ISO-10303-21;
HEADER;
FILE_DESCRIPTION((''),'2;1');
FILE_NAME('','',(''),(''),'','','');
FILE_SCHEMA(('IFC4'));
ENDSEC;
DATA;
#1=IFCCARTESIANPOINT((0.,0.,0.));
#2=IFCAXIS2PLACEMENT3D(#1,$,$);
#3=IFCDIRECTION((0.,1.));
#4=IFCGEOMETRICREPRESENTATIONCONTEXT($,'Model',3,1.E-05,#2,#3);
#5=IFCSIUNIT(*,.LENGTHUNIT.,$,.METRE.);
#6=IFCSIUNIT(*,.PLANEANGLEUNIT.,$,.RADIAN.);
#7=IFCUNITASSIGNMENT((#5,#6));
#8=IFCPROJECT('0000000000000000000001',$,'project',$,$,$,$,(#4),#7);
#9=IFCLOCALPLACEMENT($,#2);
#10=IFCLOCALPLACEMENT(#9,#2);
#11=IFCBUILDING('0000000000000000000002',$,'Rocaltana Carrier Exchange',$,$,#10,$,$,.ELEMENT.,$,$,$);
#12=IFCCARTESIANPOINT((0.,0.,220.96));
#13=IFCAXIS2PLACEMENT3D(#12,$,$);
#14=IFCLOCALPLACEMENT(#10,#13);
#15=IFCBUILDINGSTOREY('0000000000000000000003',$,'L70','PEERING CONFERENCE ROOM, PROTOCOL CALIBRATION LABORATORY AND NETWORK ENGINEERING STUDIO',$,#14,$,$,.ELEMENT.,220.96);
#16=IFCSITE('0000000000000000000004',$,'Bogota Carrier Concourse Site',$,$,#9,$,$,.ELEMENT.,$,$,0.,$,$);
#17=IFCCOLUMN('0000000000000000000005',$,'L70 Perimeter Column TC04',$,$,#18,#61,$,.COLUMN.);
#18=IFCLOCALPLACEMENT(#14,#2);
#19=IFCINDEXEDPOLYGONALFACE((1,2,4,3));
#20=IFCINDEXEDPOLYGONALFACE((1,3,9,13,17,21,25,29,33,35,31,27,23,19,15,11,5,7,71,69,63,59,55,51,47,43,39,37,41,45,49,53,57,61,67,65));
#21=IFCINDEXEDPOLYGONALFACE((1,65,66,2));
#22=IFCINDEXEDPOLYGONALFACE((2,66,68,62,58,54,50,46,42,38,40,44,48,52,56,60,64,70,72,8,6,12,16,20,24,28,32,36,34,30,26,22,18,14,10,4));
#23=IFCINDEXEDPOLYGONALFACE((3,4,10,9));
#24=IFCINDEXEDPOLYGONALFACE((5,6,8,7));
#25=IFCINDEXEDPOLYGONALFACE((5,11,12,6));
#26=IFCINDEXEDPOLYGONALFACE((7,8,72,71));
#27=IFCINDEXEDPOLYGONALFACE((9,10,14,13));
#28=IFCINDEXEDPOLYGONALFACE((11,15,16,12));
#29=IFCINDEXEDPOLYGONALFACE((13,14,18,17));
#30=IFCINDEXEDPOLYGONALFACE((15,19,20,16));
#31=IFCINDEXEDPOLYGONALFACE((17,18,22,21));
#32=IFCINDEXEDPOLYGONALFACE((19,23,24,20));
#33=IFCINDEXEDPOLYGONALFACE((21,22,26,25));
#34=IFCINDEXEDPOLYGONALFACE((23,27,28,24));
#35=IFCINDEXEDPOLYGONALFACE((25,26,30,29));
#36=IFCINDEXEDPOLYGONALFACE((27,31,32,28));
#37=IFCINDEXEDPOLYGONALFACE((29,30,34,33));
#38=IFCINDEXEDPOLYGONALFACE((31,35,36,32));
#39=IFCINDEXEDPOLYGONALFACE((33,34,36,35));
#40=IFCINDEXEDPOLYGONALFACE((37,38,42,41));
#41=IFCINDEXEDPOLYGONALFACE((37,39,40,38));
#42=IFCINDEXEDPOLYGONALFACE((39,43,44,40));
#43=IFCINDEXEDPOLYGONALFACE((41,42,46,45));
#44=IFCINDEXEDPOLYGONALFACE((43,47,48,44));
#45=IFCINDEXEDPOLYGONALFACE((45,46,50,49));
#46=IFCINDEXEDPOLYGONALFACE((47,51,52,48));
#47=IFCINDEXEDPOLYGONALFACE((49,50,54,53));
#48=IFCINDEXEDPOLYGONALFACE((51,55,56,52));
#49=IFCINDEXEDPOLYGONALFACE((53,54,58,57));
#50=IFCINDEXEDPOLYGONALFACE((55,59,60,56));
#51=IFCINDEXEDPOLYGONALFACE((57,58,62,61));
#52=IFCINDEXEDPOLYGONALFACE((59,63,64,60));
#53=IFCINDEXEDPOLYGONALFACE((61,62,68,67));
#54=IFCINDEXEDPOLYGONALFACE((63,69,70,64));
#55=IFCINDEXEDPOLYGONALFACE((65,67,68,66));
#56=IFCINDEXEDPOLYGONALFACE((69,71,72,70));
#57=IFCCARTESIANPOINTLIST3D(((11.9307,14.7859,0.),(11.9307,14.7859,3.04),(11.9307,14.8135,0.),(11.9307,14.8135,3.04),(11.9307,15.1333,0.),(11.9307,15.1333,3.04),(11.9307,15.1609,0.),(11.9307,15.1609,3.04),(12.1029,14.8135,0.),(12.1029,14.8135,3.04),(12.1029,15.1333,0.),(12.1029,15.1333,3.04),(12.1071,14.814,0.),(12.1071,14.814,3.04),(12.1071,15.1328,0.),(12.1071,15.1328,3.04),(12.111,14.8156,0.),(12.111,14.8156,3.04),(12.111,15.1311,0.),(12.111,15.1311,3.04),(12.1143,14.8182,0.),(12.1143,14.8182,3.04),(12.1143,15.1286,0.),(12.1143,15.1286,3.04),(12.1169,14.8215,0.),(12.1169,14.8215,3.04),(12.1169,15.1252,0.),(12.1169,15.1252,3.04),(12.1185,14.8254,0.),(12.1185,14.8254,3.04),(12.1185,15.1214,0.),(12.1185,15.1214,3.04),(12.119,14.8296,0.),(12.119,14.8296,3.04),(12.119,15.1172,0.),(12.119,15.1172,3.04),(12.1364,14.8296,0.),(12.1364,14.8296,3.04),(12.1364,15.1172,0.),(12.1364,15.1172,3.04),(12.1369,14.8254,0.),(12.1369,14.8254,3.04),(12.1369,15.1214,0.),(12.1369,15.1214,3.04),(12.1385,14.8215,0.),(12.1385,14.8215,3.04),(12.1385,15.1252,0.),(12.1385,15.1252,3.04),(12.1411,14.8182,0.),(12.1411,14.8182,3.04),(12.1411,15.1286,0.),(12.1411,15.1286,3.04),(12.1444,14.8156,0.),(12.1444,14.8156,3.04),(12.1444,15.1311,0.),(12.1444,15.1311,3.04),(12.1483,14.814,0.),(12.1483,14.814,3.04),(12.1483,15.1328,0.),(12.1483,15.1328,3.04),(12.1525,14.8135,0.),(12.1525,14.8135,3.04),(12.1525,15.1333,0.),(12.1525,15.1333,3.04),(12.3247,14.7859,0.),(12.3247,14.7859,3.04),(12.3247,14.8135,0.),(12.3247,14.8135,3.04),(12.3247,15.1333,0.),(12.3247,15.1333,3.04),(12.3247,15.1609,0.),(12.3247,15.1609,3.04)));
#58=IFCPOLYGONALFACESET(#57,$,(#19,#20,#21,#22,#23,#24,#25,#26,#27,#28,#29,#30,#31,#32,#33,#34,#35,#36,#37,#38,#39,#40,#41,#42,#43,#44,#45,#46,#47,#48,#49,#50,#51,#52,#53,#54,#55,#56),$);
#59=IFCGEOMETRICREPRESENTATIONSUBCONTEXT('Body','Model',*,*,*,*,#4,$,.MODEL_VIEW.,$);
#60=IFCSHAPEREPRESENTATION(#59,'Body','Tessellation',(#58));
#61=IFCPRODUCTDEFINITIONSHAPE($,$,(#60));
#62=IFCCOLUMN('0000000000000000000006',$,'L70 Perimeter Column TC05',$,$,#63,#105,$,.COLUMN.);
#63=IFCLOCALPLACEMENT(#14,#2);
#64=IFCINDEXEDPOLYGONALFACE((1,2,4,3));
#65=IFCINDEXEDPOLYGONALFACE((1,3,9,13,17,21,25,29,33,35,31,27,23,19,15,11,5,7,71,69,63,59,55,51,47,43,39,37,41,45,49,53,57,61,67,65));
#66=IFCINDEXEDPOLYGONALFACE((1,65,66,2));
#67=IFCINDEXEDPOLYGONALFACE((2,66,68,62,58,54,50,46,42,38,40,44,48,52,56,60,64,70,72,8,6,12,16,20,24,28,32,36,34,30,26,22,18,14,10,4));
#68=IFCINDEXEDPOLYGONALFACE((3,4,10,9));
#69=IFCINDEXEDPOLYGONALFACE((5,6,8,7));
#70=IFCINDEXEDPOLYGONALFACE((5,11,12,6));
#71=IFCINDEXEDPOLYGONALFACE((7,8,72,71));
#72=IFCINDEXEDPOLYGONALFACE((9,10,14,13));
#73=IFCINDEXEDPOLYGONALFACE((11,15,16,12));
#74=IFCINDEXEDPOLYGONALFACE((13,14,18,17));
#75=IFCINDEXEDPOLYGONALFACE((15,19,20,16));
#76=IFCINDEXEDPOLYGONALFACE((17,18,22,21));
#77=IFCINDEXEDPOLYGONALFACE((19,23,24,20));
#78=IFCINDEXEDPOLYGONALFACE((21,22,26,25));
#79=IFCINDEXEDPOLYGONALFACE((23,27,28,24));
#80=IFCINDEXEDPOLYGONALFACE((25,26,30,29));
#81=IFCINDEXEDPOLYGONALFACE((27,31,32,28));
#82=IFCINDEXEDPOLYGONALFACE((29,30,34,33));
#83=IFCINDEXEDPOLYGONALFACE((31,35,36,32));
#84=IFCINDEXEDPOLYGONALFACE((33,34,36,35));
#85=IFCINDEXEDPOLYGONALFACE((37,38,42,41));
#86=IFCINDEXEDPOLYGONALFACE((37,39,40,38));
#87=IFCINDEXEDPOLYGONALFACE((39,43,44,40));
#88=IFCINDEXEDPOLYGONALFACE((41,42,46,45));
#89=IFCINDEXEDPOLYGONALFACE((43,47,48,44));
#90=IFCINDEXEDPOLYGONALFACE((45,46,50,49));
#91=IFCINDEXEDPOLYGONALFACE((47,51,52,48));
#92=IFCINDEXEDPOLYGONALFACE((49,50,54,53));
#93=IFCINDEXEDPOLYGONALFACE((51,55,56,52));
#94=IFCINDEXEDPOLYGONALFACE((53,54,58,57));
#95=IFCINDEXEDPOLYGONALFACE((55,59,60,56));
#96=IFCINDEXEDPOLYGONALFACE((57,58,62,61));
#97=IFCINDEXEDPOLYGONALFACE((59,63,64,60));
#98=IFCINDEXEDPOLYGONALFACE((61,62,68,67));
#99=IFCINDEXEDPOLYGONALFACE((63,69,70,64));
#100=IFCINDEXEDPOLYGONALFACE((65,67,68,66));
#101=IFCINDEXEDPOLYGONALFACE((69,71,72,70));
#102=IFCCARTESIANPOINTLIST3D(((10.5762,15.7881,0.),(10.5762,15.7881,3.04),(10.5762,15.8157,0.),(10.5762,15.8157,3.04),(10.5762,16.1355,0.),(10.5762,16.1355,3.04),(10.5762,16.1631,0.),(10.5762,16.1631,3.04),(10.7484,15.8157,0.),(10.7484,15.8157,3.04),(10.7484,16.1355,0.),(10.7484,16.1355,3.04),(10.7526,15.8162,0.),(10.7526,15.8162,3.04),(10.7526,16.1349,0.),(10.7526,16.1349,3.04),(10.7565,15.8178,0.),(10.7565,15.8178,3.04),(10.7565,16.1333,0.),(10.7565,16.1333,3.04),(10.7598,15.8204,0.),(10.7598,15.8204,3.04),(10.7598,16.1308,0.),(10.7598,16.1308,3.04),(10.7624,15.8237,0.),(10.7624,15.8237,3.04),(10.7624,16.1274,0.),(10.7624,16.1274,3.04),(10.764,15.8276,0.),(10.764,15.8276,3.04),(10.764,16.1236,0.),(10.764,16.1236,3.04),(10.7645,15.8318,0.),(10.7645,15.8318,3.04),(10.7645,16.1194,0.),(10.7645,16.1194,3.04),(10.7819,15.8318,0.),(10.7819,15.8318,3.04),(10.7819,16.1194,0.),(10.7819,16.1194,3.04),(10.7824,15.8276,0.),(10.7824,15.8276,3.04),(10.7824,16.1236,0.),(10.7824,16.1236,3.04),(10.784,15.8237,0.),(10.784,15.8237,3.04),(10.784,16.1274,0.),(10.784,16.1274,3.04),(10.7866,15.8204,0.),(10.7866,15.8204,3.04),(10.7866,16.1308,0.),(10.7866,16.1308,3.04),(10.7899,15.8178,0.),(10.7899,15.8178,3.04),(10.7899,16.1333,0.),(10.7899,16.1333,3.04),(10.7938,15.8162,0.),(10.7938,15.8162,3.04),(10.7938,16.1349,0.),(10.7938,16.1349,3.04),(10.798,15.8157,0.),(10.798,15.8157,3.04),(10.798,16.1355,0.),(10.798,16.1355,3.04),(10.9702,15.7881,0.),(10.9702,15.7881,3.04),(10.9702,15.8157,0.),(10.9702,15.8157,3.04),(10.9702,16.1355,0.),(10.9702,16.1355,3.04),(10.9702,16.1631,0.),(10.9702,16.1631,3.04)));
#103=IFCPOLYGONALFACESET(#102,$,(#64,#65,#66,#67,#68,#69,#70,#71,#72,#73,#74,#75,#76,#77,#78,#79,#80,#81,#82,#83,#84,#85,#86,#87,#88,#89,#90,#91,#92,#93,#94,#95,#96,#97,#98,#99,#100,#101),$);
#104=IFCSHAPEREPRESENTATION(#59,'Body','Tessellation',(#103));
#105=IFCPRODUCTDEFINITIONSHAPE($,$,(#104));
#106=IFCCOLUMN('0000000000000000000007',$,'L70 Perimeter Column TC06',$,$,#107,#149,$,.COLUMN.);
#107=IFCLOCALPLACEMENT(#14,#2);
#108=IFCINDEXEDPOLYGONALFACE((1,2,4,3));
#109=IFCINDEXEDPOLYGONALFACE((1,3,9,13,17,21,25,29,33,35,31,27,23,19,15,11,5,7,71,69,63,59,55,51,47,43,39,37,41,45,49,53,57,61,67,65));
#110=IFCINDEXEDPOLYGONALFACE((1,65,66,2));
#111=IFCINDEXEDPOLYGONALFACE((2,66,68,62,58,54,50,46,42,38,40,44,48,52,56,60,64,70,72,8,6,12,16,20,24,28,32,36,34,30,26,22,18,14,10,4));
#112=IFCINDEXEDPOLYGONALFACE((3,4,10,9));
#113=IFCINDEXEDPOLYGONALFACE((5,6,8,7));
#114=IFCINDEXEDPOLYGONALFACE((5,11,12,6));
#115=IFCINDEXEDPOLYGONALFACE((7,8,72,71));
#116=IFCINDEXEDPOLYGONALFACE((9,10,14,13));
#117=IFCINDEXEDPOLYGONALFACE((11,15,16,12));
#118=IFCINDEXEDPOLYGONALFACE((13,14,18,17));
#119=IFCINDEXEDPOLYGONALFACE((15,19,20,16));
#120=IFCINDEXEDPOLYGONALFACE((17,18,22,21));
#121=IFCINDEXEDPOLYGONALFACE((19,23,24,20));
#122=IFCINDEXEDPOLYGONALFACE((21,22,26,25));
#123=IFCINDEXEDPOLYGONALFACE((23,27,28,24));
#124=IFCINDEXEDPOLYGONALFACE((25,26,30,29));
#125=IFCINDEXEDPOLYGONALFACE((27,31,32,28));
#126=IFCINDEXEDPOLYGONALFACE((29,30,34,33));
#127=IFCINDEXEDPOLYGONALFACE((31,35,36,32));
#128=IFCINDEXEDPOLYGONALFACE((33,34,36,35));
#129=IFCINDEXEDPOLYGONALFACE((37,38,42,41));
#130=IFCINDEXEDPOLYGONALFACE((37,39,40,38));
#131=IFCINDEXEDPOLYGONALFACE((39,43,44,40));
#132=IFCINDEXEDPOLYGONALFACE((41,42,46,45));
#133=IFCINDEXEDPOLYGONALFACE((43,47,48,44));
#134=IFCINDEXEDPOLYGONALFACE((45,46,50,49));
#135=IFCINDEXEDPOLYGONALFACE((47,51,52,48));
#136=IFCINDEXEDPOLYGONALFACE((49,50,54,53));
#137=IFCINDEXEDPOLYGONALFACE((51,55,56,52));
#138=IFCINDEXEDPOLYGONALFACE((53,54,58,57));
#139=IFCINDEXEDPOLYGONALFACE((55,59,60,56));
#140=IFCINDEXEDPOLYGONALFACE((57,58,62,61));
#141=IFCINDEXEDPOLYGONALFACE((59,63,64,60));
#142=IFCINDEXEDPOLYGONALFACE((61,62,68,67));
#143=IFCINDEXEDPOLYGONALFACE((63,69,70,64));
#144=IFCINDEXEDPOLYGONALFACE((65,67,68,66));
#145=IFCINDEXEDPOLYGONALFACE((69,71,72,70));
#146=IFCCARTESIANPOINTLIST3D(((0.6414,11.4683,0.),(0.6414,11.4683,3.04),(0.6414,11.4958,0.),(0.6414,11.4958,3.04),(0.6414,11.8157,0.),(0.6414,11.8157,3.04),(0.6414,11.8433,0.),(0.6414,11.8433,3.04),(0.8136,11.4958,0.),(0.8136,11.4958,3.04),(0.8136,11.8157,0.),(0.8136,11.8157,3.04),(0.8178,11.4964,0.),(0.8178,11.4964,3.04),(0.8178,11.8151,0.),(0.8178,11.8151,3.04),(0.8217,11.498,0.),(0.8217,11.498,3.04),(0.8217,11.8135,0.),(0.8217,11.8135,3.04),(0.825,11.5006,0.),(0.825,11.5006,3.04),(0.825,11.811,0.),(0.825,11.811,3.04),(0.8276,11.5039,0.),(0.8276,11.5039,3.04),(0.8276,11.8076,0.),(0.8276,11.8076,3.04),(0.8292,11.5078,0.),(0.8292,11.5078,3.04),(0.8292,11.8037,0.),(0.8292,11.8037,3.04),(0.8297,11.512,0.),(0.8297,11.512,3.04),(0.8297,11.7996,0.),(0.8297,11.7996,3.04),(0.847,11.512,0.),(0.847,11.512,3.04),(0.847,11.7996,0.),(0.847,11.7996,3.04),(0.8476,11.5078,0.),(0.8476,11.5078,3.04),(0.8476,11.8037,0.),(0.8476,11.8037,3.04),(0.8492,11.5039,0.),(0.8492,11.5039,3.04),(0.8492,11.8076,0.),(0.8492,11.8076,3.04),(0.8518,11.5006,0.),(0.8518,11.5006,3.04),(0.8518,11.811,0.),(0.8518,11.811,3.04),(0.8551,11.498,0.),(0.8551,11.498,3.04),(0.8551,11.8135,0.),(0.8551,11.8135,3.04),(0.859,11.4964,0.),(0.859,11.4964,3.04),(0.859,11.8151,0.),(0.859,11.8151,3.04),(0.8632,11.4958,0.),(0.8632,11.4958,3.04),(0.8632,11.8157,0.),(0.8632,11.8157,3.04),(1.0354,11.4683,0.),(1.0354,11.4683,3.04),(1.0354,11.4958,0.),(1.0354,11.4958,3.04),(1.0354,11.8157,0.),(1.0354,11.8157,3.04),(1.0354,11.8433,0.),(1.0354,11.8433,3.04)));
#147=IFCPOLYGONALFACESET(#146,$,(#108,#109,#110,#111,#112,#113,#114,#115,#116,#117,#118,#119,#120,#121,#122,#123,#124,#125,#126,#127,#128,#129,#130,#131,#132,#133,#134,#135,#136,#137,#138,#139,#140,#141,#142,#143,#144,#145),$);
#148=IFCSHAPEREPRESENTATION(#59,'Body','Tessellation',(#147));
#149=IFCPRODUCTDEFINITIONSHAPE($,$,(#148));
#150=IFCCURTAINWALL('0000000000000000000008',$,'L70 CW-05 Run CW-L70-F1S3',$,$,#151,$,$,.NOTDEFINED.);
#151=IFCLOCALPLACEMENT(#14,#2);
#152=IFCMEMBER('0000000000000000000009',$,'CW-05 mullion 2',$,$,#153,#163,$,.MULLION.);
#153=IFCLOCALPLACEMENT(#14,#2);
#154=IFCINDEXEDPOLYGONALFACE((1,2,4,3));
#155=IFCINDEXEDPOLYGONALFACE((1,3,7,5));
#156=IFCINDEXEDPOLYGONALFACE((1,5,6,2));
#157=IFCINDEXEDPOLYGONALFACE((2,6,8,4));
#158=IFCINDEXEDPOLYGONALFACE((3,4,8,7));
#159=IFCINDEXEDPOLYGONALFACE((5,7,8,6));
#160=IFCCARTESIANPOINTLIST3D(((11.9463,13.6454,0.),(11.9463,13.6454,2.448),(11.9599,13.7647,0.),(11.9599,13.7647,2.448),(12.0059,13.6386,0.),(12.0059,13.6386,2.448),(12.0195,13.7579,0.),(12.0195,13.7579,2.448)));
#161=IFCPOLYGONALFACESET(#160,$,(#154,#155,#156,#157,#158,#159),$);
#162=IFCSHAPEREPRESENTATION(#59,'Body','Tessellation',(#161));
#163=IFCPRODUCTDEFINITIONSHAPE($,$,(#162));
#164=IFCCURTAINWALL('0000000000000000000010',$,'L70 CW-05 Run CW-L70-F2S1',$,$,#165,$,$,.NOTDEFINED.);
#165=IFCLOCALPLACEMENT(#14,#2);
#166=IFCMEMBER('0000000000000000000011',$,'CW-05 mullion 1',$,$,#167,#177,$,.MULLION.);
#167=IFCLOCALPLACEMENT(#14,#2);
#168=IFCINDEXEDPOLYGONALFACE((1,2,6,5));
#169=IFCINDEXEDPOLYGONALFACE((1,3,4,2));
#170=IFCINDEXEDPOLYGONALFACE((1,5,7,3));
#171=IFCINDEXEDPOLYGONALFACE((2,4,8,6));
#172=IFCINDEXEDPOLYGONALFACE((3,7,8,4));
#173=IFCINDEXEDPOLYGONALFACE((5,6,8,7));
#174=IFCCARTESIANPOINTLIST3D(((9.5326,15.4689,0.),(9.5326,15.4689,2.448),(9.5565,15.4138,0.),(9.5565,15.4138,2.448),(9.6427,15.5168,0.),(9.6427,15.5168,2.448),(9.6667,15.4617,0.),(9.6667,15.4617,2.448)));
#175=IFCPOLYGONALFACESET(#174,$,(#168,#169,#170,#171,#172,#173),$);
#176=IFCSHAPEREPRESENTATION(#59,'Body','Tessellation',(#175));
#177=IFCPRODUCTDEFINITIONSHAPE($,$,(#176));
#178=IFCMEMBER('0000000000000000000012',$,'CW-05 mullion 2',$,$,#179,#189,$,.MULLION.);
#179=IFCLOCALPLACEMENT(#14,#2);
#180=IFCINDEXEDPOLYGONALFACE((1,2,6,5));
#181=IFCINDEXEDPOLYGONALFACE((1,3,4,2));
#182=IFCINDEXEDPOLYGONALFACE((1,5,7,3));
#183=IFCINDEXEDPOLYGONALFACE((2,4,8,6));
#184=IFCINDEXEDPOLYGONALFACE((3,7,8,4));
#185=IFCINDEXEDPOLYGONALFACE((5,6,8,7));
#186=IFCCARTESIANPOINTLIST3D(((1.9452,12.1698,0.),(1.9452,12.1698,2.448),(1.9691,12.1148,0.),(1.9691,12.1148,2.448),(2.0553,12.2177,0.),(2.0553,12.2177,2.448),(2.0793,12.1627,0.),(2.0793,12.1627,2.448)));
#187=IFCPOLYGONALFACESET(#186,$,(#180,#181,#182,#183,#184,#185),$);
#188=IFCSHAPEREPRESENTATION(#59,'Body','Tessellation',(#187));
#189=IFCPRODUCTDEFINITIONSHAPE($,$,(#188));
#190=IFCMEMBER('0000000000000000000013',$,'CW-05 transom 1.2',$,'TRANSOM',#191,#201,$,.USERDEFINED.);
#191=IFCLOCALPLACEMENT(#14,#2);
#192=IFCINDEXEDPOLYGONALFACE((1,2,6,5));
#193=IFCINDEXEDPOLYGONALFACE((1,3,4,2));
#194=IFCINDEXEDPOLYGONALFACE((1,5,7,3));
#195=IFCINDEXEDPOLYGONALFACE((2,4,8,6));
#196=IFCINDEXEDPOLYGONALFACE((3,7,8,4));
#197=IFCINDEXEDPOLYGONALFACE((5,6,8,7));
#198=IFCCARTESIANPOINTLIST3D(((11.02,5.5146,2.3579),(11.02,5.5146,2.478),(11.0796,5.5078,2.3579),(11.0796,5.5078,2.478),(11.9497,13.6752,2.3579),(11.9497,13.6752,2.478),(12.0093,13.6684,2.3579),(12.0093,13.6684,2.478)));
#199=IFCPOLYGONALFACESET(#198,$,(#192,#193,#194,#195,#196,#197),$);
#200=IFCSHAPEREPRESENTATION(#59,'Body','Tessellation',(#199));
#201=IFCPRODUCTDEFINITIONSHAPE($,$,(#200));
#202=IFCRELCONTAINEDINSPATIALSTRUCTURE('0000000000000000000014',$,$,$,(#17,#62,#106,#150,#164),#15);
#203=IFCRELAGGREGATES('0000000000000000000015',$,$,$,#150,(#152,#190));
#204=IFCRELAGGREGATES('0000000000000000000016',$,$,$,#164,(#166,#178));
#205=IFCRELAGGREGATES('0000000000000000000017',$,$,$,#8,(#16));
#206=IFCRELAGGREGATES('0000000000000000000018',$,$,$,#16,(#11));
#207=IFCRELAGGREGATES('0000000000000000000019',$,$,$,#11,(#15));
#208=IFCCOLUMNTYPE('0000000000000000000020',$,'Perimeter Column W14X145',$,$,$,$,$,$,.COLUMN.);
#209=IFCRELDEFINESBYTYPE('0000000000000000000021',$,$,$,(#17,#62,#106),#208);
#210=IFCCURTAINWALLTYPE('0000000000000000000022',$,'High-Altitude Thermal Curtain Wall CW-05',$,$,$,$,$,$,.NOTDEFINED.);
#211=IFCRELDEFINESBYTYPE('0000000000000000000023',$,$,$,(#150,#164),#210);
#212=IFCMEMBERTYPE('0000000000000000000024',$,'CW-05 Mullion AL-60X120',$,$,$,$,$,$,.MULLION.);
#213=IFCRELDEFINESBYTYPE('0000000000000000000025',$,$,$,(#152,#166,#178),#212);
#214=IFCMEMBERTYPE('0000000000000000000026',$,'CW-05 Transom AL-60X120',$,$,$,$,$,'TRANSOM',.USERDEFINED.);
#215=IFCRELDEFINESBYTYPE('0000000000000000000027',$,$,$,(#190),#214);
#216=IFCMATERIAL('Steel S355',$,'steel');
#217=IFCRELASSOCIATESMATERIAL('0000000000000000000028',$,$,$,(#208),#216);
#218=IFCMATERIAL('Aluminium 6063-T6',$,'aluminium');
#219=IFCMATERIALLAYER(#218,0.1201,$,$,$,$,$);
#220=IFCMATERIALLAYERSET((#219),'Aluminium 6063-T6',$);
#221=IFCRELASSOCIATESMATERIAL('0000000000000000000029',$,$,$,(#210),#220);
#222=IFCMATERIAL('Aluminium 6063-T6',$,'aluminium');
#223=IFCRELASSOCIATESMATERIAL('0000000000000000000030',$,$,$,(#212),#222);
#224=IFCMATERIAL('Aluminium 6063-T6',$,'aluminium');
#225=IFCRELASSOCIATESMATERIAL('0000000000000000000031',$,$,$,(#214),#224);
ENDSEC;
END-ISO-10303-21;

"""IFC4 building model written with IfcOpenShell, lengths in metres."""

from ifc_helpers import new_model, si_unit, direction, frame, origin, origin_2d, place, context, subcontext, project, spatial, rectangle, i_section, extrude, material, layer, layer_set, material_profile, profile_set, type_object, element, aggregate, save


model = new_model("IFC4")

# Units and contexts
model_context = context("Model", 3, precision=1e-05, world=origin(), true_north=direction((0.0, 1.0)))
body_context = subcontext(model_context, "Body", "Model", "MODEL_VIEW")
ifc_project = project(units=[si_unit("LENGTHUNIT", "METRE"), si_unit("PLANEANGLEUNIT", "RADIAN")], contexts=[model_context])

# Site, building, storey
site_placement = place(None, origin())
site = spatial("IfcSite", under=ifc_project, at=site_placement, Name="Bogota Carrier Concourse Site", CompositionType="ELEMENT", RefElevation=0.0)
building_placement = place(site_placement, origin())
building = spatial("IfcBuilding", under=site, at=building_placement, Name="Rocaltana Carrier Exchange", CompositionType="ELEMENT")
storey_placement = place(building_placement, frame((0.0, 0.0, 220.96)))
storey = spatial("IfcBuildingStorey", under=building, at=storey_placement, Name="L70", Description="PEERING CONFERENCE ROOM, PROTOCOL CALIBRATION LABORATORY AND NETWORK ENGINEERING STUDIO", CompositionType="ELEMENT", Elevation=220.96)

# Columns
ifc_material_1 = material(Name="Steel S355", Category="steel")
ifc_material_profile_1 = material_profile(ifc_material_1, i_section(OverallWidth=0.394, OverallDepth=0.375, WebThickness=0.0173, FlangeThickness=0.0276, FilletRadius=0.0161, at=origin_2d()), Name="W14X145")
ifc_profile_set_1 = profile_set([ifc_material_profile_1], Name="Steel S355")
column_type = type_object("IfcColumnType", Name="Perimeter Column W14X145", PredefinedType="COLUMN", material=ifc_profile_set_1)
for number, where, z_axis, x_axis, name in (
    (1, (12.1277, 14.9734, 0.0), (0.0, 0.0, 1.0), (1.0, 0.0, 0.0), "L70 Perimeter Column TC04"),
    (2, (10.7732, 15.9756, 0.0), (0.0, 0.0, 1.0), (1.0, 0.0, 0.0), "L70 Perimeter Column TC05"),
    (3, (0.8384, 11.6558, 0.0), (0.0, 0.0, 1.0), (1.0, 0.0, 0.0), "L70 Perimeter Column TC06"),
):
    element("IfcColumn", number, at=place(storey_placement, frame(where, z_axis=z_axis, x_axis=x_axis)), inside=storey, type_object=column_type, Name=name, PredefinedType="COLUMN", context=body_context, shape_type="SweptSolid", body=[
        extrude(i_section(OverallWidth=0.394, OverallDepth=0.375, WebThickness=0.0173, FlangeThickness=0.0276, FilletRadius=0.0161, at=origin_2d()), origin(), (0.0, 0.0, 1.0), 3.04),
    ])

# Curtain wall, member
ifc_material_2 = material(Name="Aluminium 6063-T6", Category="aluminium")
ifc_layer_1 = layer(ifc_material_2, 0.1201)
ifc_layer_set_1 = layer_set([ifc_layer_1], Name="Aluminium 6063-T6")
curtain_wall_type = type_object("IfcCurtainWallType", Name="High-Altitude Thermal Curtain Wall CW-05", PredefinedType="NOTDEFINED", material=ifc_layer_set_1)
curtain_wall_1_placement = place(storey_placement, origin())
curtain_wall_1 = element("IfcCurtainWall", 4, at=curtain_wall_1_placement, inside=storey, type_object=curtain_wall_type, Name="L70 CW-05 Run CW-L70-F1S3", PredefinedType="NOTDEFINED")
ifc_material_3 = material(Name="Aluminium 6063-T6", Category="aluminium")
ifc_material_profile_2 = material_profile(ifc_material_3, rectangle(XDim=0.0601, YDim=0.1201, at=origin_2d()), Name="AL-60X120")
ifc_profile_set_2 = profile_set([ifc_material_profile_2], Name="Aluminium 6063-T6")
member_type_1 = type_object("IfcMemberType", Name="CW-05 Mullion AL-60X120", PredefinedType="MULLION", material=ifc_profile_set_2)
member_1_placement = place(storey_placement, frame((11.9829, 13.7017, 0.0), z_axis=(0.0, 0.0, 1.0), x_axis=(-0.993573, 0.113197, 0.0)))
member_1 = element("IfcMember", 5, at=member_1_placement, type_object=member_type_1, Name="CW-05 mullion 2", PredefinedType="MULLION", context=body_context, shape_type="SweptSolid", body=[
    extrude(rectangle(XDim=0.0601, YDim=0.1201, at=origin_2d()), origin(), (0.0, 0.0, 1.0), 2.448),
])

# Curtain wall, members
curtain_wall_2_placement = place(storey_placement, origin())
curtain_wall_2 = element("IfcCurtainWall", 6, at=curtain_wall_2_placement, inside=storey, type_object=curtain_wall_type, Name="L70 CW-05 Run CW-L70-F2S1", PredefinedType="NOTDEFINED")
member_2_placement = place(storey_placement, frame((9.5996, 15.4653, 0.0), z_axis=(0.0, 0.0, 1.0), x_axis=(0.398757, -0.917057, 0.0)))
member_2 = element("IfcMember", 7, at=member_2_placement, type_object=member_type_1, Name="CW-05 mullion 1", PredefinedType="MULLION", context=body_context, shape_type="SweptSolid", body=[
    extrude(rectangle(XDim=0.0601, YDim=0.1201, at=origin_2d()), origin(), (0.0, 0.0, 1.0), 2.448),
])
member_3_placement = place(storey_placement, frame((2.0122, 12.1663, 0.0), z_axis=(0.0, 0.0, 1.0), x_axis=(0.398757, -0.917057, 0.0)))
member_3 = element("IfcMember", 8, at=member_3_placement, type_object=member_type_1, Name="CW-05 mullion 2", PredefinedType="MULLION", context=body_context, shape_type="SweptSolid", body=[
    extrude(rectangle(XDim=0.0601, YDim=0.1201, at=origin_2d()), origin(), (0.0, 0.0, 1.0), 2.448),
])

# Member
ifc_material_4 = material(Name="Aluminium 6063-T6", Category="aluminium")
ifc_material_profile_3 = material_profile(ifc_material_4, rectangle(XDim=0.0601, YDim=0.1201, at=origin_2d()), Name="AL-60X120")
ifc_profile_set_3 = profile_set([ifc_material_profile_3], Name="Aluminium 6063-T6")
member_type_2 = type_object("IfcMemberType", Name="CW-05 Transom AL-60X120", ElementType="TRANSOM", PredefinedType="USERDEFINED", material=ifc_profile_set_3)
member_4_placement = place(storey_placement, frame((11.0498, 5.5112, 2.418), z_axis=(0.113191, 0.993573, 0.0), x_axis=(-0.993573, 0.113191, 0.0)))
member_4 = element("IfcMember", 9, at=member_4_placement, type_object=member_type_2, Name="CW-05 transom 1.2", ObjectType="TRANSOM", PredefinedType="USERDEFINED", context=body_context, shape_type="SweptSolid", body=[
    extrude(rectangle(XDim=0.0601, YDim=0.1201, at=origin_2d()), origin(), (0.0, 0.0, 1.0), 8.2134),
])

aggregate(curtain_wall_1, [member_1, member_4])
aggregate(curtain_wall_2, [member_2, member_3])

save(model, "model.ifc")
